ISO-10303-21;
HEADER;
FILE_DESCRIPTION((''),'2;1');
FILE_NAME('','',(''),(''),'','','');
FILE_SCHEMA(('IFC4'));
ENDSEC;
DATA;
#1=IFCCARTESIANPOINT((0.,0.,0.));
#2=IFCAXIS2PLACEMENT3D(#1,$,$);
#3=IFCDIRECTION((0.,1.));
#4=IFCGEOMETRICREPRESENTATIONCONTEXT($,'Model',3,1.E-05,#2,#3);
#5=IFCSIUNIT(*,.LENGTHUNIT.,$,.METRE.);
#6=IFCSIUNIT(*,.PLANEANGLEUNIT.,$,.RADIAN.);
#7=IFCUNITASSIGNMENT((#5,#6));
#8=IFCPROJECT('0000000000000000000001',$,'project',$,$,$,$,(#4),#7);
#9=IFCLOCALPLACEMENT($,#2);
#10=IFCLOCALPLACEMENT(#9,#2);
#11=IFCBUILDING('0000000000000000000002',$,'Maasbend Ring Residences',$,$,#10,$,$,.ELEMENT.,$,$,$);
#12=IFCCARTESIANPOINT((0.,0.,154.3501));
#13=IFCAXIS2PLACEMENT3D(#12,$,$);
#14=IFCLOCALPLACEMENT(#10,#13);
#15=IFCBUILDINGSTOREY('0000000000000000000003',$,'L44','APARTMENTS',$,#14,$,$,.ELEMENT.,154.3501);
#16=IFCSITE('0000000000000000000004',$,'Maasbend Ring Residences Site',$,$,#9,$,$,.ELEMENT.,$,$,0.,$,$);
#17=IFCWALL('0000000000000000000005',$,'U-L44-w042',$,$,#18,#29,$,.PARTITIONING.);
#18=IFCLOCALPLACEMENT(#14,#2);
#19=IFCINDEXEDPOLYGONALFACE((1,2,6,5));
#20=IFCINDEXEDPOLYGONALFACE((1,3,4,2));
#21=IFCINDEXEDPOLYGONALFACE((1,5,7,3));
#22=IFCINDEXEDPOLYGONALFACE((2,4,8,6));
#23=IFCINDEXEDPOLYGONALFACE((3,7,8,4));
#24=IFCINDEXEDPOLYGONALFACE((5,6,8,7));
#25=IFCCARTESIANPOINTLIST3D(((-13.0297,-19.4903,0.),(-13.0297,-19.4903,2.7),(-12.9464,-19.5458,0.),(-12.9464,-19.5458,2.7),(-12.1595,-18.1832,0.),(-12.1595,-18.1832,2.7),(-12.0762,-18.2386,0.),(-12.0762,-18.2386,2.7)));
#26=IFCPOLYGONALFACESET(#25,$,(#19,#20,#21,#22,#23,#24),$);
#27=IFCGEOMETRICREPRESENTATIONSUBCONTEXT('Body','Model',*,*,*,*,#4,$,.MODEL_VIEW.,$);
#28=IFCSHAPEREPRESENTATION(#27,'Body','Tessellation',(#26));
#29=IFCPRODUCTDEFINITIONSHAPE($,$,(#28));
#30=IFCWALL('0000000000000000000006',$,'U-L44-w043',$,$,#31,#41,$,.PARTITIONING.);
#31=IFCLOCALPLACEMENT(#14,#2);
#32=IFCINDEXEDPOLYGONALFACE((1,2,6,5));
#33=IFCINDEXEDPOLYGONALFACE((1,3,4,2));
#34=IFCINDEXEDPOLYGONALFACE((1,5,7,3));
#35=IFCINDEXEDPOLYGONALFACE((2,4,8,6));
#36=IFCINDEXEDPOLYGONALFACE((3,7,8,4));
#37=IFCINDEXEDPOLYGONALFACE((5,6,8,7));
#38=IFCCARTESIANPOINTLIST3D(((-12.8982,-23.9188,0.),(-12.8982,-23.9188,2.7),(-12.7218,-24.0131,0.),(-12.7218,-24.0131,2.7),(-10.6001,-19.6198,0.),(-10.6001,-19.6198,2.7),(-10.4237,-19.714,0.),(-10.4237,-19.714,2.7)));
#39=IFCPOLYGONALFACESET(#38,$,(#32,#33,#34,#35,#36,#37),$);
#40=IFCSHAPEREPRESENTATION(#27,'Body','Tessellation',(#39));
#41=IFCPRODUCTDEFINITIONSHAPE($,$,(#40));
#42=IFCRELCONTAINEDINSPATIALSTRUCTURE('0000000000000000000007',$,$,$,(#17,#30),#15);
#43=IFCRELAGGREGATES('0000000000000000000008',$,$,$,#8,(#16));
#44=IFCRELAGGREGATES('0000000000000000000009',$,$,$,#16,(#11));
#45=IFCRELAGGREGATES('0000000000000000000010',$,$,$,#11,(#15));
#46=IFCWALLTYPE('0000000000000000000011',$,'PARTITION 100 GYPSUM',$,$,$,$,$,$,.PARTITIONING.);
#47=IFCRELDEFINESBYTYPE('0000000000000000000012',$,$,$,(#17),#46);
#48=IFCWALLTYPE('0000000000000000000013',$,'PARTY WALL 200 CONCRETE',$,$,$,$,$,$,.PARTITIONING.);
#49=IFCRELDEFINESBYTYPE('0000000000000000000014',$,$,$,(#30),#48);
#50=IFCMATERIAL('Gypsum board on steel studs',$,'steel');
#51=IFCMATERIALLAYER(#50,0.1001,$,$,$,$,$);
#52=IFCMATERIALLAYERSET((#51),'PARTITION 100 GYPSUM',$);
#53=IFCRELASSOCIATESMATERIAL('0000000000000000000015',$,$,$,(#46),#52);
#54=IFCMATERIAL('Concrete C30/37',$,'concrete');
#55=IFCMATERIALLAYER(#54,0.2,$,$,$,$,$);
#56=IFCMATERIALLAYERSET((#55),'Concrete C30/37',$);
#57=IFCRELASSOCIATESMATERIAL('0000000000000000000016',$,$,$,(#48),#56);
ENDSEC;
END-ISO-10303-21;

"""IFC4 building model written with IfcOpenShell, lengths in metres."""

from ifc_helpers import new_model, si_unit, direction, frame, frame_2d, origin, place, context, subcontext, project, spatial, rectangle, extrude, material, layer, layer_set, type_object, element, save


model = new_model("IFC4")

# Units and contexts
model_context = context("Model", 3, precision=1e-05, world=origin(), true_north=direction((0.0, 1.0)))
body_context = subcontext(model_context, "Body", "Model", "MODEL_VIEW")
ifc_project = project(units=[si_unit("LENGTHUNIT", "METRE"), si_unit("PLANEANGLEUNIT", "RADIAN")], contexts=[model_context])

# Site, building, storey
site_placement = place(None, origin())
site = spatial("IfcSite", under=ifc_project, at=site_placement, Name="Maasbend Ring Residences Site", CompositionType="ELEMENT", RefElevation=0.0)
building_placement = place(site_placement, origin())
building = spatial("IfcBuilding", under=site, at=building_placement, Name="Maasbend Ring Residences", CompositionType="ELEMENT")
storey_placement = place(building_placement, frame((0.0, 0.0, 154.3501)))
storey = spatial("IfcBuildingStorey", under=building, at=storey_placement, Name="L44", Description="APARTMENTS", CompositionType="ELEMENT", Elevation=154.3501)

# Shared definitions
ifc_material_1 = material(Name="Gypsum board on steel studs", Category="steel")
ifc_layer_1 = layer(ifc_material_1, 0.1001)
ifc_layer_set_1 = layer_set([ifc_layer_1], Name="PARTITION 100 GYPSUM")
wall_type_1 = type_object("IfcWallType", Name="PARTITION 100 GYPSUM", PredefinedType="PARTITIONING", material=ifc_layer_set_1)

# Walls
wall_1_placement = place(storey_placement, frame((-12.988, -19.5181, 0.0), z_axis=(0.0, 0.0, 1.0), x_axis=(0.554126, 0.832433, 0.0)))
element("IfcWall", 1, at=wall_1_placement, inside=storey, type_object=wall_type_1, Name="U-L44-w042", PredefinedType="PARTITIONING", context=body_context, shape_type="SweptSolid", body=[
    extrude(rectangle(XDim=1.5703, YDim=0.1001, at=frame_2d((0.7852, 0.0))), origin(), (0.0, 0.0, 1.0), 2.7),
])
ifc_material_2 = material(Name="Concrete C30/37", Category="concrete")
ifc_layer_2 = layer(ifc_material_2, 0.2)
ifc_layer_set_2 = layer_set([ifc_layer_2], Name="Concrete C30/37")
wall_type_2 = type_object("IfcWallType", Name="PARTY WALL 200 CONCRETE", PredefinedType="PARTITIONING", material=ifc_layer_set_2)
wall_2_placement = place(storey_placement, frame((-12.8101, -23.9661, 0.0), z_axis=(0.0, 0.0, 1.0), x_axis=(0.471428, 0.881905, 0.0)))
element("IfcWall", 2, at=wall_2_placement, inside=storey, type_object=wall_type_2, Name="U-L44-w043", PredefinedType="PARTITIONING", context=body_context, shape_type="SweptSolid", body=[
    extrude(rectangle(XDim=4.8748, YDim=0.2, at=frame_2d((2.4375, 0.0))), origin(), (0.0, 0.0, 1.0), 2.7),
])

save(model, "model.ifc")
